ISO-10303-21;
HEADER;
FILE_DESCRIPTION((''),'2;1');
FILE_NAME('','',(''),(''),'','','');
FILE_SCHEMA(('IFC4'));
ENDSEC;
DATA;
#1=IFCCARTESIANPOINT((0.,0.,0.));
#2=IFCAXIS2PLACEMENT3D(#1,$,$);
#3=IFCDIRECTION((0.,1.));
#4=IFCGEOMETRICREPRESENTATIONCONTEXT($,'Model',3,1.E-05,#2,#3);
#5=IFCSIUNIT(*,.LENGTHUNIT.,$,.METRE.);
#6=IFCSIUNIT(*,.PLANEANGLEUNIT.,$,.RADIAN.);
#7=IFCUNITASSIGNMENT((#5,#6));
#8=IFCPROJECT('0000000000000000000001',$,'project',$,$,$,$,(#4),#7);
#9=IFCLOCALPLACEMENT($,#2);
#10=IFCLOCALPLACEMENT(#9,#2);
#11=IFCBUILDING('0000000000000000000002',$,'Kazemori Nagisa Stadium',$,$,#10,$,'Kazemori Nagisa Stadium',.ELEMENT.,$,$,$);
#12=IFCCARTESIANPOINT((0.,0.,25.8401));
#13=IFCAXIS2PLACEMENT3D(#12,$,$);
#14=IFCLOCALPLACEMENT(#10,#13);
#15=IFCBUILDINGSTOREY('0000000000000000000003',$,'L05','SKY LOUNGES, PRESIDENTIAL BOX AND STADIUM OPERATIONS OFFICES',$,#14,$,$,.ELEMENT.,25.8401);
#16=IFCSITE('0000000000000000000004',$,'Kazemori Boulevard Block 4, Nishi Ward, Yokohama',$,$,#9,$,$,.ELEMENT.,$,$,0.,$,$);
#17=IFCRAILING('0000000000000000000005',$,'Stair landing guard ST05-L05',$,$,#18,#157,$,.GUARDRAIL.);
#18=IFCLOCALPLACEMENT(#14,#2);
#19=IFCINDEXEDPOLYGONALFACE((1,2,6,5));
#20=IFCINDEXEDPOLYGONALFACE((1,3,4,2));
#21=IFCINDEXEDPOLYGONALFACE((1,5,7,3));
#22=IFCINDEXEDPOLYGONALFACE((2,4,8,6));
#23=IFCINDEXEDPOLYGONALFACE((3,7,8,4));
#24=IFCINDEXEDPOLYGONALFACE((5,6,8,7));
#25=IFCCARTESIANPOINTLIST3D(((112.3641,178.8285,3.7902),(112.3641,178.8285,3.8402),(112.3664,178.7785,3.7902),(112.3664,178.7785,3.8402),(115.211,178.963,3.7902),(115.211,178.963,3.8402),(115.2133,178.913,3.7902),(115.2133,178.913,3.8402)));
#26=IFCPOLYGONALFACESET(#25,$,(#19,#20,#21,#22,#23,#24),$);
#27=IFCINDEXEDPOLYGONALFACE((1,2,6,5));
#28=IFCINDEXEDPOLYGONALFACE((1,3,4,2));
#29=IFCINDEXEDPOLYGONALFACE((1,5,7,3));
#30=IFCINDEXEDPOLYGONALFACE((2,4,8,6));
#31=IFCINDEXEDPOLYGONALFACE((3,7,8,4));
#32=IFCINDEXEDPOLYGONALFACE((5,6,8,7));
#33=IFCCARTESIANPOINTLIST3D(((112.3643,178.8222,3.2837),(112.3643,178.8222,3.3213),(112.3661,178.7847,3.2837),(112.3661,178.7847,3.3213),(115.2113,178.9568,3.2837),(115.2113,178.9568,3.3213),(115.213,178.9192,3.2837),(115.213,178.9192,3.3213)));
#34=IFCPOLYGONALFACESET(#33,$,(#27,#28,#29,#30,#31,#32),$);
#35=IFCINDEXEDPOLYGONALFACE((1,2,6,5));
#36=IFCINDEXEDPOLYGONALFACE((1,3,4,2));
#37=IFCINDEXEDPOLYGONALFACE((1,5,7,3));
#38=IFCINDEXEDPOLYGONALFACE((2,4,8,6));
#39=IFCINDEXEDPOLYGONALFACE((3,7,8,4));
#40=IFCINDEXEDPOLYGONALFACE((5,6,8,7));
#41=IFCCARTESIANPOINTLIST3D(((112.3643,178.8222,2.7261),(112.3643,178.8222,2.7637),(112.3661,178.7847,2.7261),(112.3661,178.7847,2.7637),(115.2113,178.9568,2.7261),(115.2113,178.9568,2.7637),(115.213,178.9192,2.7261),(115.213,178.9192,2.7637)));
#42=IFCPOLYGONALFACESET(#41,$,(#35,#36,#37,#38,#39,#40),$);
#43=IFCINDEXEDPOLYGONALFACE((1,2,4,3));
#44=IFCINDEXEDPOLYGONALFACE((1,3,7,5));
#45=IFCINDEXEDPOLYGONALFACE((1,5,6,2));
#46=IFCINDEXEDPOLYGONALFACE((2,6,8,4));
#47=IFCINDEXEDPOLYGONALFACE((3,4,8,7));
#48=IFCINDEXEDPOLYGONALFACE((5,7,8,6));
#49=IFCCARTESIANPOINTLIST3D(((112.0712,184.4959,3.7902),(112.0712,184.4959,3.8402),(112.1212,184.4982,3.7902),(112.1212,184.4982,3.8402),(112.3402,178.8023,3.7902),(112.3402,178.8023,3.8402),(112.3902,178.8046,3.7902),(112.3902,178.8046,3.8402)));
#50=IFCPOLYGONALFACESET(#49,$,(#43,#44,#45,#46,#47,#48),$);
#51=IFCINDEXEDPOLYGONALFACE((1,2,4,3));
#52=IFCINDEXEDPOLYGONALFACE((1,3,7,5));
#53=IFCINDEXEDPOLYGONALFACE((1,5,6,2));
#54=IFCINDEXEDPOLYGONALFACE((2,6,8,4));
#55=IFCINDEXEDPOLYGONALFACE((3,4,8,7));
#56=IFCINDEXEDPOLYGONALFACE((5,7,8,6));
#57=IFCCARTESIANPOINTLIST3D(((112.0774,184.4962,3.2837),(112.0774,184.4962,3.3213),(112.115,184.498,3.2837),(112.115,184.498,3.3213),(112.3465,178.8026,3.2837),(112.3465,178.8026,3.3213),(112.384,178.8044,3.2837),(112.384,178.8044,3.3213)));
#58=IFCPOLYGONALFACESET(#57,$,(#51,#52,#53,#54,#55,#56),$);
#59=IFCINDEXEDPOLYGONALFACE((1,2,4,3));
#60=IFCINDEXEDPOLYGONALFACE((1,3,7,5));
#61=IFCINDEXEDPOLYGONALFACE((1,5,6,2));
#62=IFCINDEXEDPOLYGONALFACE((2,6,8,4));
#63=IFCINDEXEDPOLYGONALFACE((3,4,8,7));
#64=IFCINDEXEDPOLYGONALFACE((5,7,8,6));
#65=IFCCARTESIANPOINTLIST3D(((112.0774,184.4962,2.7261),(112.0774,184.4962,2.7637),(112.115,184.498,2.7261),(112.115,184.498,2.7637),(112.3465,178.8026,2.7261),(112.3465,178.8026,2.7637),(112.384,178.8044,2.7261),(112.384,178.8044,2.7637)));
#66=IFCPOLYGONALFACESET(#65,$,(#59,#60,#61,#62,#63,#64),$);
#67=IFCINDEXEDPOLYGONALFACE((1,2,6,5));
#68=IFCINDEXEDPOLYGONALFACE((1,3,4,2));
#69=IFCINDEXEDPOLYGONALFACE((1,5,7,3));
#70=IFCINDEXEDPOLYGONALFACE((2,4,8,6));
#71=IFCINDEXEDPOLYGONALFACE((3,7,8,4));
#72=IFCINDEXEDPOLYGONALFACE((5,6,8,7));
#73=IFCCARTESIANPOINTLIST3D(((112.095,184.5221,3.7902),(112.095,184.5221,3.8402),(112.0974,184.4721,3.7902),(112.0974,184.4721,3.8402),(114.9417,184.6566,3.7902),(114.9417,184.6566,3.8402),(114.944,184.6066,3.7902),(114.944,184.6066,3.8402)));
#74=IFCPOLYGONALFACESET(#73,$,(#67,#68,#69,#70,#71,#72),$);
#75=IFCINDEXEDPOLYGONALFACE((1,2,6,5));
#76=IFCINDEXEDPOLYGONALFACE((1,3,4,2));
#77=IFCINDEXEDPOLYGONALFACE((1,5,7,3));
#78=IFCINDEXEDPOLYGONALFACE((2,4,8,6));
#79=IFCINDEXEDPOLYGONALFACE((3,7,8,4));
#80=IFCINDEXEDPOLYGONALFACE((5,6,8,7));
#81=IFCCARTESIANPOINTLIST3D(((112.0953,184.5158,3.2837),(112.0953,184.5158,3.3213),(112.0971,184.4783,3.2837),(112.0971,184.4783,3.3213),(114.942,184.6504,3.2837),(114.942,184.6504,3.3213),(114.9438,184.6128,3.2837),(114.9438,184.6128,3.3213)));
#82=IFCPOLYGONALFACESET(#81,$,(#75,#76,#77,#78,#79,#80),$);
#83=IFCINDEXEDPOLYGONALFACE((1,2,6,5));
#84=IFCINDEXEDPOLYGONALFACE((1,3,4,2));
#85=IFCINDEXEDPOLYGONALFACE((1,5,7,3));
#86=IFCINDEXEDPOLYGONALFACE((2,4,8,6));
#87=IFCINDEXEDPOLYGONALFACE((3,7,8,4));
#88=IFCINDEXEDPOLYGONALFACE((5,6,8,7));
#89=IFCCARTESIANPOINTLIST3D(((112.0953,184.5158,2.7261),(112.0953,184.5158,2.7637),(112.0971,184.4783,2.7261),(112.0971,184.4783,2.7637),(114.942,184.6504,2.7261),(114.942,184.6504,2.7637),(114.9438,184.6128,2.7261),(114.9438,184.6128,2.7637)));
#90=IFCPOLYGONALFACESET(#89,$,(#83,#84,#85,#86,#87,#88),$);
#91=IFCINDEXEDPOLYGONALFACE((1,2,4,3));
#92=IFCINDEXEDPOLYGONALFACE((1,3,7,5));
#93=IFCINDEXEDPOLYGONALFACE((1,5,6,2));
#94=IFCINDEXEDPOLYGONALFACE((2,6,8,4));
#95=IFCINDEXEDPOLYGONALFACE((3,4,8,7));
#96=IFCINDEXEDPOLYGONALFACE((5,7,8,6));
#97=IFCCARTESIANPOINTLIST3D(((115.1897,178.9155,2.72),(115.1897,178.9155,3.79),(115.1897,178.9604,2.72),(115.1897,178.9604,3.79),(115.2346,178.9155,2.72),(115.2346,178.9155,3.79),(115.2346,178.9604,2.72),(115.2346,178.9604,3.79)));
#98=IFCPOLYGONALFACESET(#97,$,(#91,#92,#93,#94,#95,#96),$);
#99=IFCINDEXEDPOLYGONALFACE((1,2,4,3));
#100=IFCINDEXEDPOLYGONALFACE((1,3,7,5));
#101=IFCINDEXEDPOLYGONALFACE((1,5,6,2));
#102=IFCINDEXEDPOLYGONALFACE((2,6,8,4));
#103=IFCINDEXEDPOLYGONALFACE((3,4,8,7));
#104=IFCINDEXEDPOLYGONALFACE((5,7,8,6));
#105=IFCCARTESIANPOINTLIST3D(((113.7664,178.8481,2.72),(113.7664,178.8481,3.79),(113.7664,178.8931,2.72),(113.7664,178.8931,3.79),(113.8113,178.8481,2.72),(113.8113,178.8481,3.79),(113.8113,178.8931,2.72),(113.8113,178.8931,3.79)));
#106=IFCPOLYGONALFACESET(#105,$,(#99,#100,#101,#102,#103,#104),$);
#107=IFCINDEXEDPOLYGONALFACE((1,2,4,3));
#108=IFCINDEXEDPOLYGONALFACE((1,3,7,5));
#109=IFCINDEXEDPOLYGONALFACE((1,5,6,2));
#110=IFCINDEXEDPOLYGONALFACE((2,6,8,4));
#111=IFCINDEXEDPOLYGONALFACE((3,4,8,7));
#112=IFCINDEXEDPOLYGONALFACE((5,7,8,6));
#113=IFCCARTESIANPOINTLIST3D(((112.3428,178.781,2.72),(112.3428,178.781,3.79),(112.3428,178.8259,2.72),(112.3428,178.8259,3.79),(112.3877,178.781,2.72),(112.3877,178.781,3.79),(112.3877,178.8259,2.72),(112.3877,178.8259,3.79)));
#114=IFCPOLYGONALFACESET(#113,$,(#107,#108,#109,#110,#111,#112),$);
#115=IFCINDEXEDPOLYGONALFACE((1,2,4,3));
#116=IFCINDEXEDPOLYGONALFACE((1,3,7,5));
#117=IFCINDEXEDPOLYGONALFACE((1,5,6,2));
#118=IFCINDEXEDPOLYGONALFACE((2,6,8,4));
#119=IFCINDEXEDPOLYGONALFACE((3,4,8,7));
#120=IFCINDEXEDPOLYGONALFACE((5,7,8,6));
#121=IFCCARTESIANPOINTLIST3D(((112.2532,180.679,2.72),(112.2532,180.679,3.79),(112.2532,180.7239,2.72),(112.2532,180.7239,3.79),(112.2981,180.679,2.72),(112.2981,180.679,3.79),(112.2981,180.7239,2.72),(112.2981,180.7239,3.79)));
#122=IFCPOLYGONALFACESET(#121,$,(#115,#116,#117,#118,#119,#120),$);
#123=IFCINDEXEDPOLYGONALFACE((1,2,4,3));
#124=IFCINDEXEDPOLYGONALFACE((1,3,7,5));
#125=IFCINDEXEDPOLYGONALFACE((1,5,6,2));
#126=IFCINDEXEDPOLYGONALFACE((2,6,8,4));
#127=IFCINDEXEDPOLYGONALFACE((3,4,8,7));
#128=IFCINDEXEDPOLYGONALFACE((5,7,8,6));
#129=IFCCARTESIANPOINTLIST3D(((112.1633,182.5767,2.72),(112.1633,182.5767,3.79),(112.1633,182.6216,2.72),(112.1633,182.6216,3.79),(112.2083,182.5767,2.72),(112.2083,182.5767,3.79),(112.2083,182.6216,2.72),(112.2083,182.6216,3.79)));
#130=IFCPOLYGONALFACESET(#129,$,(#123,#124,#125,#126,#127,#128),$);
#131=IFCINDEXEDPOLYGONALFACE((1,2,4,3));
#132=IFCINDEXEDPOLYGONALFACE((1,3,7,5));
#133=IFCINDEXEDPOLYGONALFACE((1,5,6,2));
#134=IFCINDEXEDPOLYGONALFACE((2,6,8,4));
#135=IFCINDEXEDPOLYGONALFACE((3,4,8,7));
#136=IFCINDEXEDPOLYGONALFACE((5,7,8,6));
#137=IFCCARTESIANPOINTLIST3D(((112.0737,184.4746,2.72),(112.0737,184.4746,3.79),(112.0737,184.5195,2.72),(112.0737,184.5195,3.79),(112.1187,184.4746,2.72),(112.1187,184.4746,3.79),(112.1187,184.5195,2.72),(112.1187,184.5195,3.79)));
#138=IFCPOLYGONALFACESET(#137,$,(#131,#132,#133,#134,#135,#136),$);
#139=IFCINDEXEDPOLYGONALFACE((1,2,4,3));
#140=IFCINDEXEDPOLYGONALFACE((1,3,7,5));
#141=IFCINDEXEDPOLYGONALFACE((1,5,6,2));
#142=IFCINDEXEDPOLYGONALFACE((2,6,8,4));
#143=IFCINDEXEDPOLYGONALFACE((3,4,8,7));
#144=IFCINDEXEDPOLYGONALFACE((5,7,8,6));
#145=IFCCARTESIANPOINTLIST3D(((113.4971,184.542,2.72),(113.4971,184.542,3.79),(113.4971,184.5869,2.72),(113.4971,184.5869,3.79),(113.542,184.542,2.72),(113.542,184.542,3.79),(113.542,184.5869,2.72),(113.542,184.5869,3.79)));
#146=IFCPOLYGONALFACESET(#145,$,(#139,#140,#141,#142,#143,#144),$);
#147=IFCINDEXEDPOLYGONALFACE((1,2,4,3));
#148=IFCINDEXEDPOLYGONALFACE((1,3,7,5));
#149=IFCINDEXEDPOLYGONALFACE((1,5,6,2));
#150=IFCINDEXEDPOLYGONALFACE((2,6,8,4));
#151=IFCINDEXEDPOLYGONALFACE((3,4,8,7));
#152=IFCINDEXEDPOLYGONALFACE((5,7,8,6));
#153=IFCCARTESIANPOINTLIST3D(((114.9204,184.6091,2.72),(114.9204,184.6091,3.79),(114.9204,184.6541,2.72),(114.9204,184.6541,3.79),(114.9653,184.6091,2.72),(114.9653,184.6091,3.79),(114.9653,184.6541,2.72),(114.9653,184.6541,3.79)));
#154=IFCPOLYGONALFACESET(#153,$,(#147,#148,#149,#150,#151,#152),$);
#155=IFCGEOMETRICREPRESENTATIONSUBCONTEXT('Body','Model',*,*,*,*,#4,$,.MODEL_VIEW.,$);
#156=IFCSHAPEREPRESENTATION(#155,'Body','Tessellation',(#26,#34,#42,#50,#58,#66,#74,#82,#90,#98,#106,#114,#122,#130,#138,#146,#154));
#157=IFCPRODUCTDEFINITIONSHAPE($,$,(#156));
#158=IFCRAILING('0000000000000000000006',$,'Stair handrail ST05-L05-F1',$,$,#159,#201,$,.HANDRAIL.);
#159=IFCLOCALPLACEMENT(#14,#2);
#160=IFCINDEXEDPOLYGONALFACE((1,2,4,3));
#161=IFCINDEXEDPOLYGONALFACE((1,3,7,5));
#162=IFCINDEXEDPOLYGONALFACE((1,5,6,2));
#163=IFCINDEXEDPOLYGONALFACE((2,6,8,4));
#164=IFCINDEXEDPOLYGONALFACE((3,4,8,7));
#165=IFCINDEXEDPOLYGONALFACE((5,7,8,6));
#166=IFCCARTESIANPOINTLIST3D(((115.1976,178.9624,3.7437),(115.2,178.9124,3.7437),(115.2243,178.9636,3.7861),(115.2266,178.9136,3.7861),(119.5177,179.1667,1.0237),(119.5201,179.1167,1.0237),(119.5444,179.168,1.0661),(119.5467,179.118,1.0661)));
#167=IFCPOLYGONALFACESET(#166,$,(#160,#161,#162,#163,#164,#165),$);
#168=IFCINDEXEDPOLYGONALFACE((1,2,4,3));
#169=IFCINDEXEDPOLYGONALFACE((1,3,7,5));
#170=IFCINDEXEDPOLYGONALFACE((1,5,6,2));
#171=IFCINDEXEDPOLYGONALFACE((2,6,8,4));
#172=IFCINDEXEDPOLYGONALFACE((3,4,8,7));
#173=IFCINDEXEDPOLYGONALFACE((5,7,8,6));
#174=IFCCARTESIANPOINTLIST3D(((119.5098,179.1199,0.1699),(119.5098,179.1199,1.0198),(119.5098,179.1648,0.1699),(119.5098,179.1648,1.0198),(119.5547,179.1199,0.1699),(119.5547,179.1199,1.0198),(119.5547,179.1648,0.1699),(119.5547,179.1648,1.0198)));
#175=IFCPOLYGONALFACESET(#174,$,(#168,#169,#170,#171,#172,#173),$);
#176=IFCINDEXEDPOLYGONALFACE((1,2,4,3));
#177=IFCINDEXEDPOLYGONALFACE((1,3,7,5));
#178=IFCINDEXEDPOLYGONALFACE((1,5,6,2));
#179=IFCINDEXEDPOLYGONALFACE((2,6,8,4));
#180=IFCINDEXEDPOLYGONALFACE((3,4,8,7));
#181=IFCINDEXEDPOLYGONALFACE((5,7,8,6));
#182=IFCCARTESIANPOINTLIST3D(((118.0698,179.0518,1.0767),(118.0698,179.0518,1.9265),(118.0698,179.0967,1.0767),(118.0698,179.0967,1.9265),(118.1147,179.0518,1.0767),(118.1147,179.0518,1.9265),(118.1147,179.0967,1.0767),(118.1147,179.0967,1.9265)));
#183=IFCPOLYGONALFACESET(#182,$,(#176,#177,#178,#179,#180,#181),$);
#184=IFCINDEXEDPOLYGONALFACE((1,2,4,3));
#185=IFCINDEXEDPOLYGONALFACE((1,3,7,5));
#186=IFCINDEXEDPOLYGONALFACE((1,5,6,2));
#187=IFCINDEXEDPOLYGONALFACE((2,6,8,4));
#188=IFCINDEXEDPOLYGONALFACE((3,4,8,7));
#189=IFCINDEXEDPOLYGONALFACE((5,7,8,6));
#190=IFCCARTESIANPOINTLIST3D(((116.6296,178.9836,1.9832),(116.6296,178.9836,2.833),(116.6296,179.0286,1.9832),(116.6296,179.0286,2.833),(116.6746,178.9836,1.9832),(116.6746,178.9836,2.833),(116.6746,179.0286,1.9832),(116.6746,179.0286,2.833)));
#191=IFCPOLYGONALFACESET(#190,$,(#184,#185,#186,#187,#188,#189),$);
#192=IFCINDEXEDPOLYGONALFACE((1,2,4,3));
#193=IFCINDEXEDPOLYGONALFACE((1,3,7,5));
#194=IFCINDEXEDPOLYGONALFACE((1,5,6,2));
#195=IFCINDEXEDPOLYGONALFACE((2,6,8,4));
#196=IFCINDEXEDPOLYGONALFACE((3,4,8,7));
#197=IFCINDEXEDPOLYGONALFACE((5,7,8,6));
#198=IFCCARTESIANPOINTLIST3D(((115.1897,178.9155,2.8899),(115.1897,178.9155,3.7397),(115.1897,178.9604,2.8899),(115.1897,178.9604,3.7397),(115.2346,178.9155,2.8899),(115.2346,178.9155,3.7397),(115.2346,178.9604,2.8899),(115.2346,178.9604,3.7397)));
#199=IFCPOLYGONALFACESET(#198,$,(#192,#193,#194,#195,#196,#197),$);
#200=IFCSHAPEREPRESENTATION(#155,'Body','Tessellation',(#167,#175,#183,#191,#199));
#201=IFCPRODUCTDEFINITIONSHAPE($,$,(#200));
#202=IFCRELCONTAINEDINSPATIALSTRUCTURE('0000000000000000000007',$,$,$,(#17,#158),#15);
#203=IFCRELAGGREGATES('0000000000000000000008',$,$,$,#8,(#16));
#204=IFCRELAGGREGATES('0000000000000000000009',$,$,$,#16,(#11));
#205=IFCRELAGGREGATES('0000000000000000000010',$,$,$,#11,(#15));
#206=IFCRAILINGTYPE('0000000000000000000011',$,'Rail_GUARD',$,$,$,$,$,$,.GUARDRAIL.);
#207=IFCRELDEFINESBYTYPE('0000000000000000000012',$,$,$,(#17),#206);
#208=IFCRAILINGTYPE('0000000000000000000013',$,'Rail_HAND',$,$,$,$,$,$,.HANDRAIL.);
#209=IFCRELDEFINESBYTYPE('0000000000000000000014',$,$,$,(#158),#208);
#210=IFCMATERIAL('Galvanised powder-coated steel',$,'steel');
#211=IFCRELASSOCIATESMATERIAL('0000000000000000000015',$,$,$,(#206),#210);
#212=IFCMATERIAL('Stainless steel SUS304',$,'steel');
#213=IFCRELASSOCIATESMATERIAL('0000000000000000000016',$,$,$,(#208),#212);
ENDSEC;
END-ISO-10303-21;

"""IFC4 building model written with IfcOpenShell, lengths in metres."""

from ifc_helpers import new_model, si_unit, direction, frame, origin, origin_2d, place, context, subcontext, project, spatial, rectangle, extrude, material, type_object, element, save


model = new_model("IFC4")

# Units and contexts
model_context = context("Model", 3, precision=1e-05, world=origin(), true_north=direction((0.0, 1.0)))
body_context = subcontext(model_context, "Body", "Model", "MODEL_VIEW")
ifc_project = project(units=[si_unit("LENGTHUNIT", "METRE"), si_unit("PLANEANGLEUNIT", "RADIAN")], contexts=[model_context])

# Site, building, storey
site_placement = place(None, origin())
site = spatial("IfcSite", under=ifc_project, at=site_placement, Name="Kazemori Boulevard Block 4, Nishi Ward, Yokohama", CompositionType="ELEMENT", RefElevation=0.0)
building_placement = place(site_placement, origin())
building = spatial("IfcBuilding", under=site, at=building_placement, Name="Kazemori Nagisa Stadium", LongName="Kazemori Nagisa Stadium", CompositionType="ELEMENT")
storey_placement = place(building_placement, frame((0.0, 0.0, 25.8401)))
storey = spatial("IfcBuildingStorey", under=building, at=storey_placement, Name="L05", Description="SKY LOUNGES, PRESIDENTIAL BOX AND STADIUM OPERATIONS OFFICES", CompositionType="ELEMENT", Elevation=25.8401)

# Railings
ifc_material_1 = material(Name="Galvanised powder-coated steel", Category="steel")
railing_type_1 = type_object("IfcRailingType", Name="Rail_GUARD", PredefinedType="GUARDRAIL", material=ifc_material_1)
railing_1_placement = place(storey_placement, frame((115.2122, 178.938, 2.72)))
element("IfcRailing", 1, at=railing_1_placement, inside=storey, type_object=railing_type_1, Name="Stair landing guard ST05-L05", PredefinedType="GUARDRAIL", context=body_context, shape_type="SweptSolid", body=[
    extrude(rectangle(XDim=0.05, YDim=0.05, at=origin_2d()), frame((0.0, 0.0, 1.0952), z_axis=(-0.998886, -0.047199, 0.0), x_axis=(0.047199, -0.998886, 0.0)), (0.0, 0.0, 1.0), 2.8501),
    extrude(rectangle(XDim=0.0376, YDim=0.0376, at=origin_2d()), frame((0.0, 0.0, 0.5825), z_axis=(-0.998886, -0.047199, 0.0), x_axis=(0.047199, -0.998886, 0.0)), (0.0, 0.0, 1.0), 2.8501),
    extrude(rectangle(XDim=0.0376, YDim=0.0376, at=origin_2d()), frame((0.0, 0.0, 0.0249), z_axis=(-0.998886, -0.047199, 0.0), x_axis=(0.047199, -0.998886, 0.0)), (0.0, 0.0, 1.0), 2.8501),
    extrude(rectangle(XDim=0.05, YDim=0.05, at=origin_2d()), frame((-2.8469, -0.1345, 1.0952), z_axis=(-0.047201, 0.998885, 0.0), x_axis=(-0.998885, -0.047201, 0.0)), (0.0, 0.0, 1.0), 5.7),
    extrude(rectangle(XDim=0.0376, YDim=0.0376, at=origin_2d()), frame((-2.8469, -0.1345, 0.5825), z_axis=(-0.047201, 0.998885, 0.0), x_axis=(-0.998885, -0.047201, 0.0)), (0.0, 0.0, 1.0), 5.7),
    extrude(rectangle(XDim=0.0376, YDim=0.0376, at=origin_2d()), frame((-2.8469, -0.1345, 0.0249), z_axis=(-0.047201, 0.998885, 0.0), x_axis=(-0.998885, -0.047201, 0.0)), (0.0, 0.0, 1.0), 5.7),
    extrude(rectangle(XDim=0.05, YDim=0.05, at=origin_2d()), frame((-3.116, 5.5591, 1.0952), z_axis=(0.998885, 0.047203, 0.0), x_axis=(-0.047203, 0.998885, 0.0)), (0.0, 0.0, 1.0), 2.8499),
    extrude(rectangle(XDim=0.0376, YDim=0.0376, at=origin_2d()), frame((-3.116, 5.5591, 0.5825), z_axis=(0.998885, 0.047203, 0.0), x_axis=(-0.047203, 0.998885, 0.0)), (0.0, 0.0, 1.0), 2.8499),
    extrude(rectangle(XDim=0.0376, YDim=0.0376, at=origin_2d()), frame((-3.116, 5.5591, 0.0249), z_axis=(0.998885, 0.047203, 0.0), x_axis=(-0.047203, 0.998885, 0.0)), (0.0, 0.0, 1.0), 2.8499),
    extrude(rectangle(XDim=0.0449, YDim=0.0449, at=origin_2d()), origin(), (0.0, 0.0, 1.0), 1.0701),
    extrude(rectangle(XDim=0.0449, YDim=0.0449, at=origin_2d()), frame((-1.4233, -0.0674, 0.0)), (0.0, 0.0, 1.0), 1.0701),
    extrude(rectangle(XDim=0.0449, YDim=0.0449, at=origin_2d()), frame((-2.8469, -0.1345, 0.0)), (0.0, 0.0, 1.0), 1.0701),
    extrude(rectangle(XDim=0.0449, YDim=0.0449, at=origin_2d()), frame((-2.9365, 1.7634, 0.0)), (0.0, 0.0, 1.0), 1.0701),
    extrude(rectangle(XDim=0.0449, YDim=0.0449, at=origin_2d()), frame((-3.0264, 3.6611, 0.0)), (0.0, 0.0, 1.0), 1.0701),
    extrude(rectangle(XDim=0.0449, YDim=0.0449, at=origin_2d()), frame((-3.116, 5.5591, 0.0)), (0.0, 0.0, 1.0), 1.0701),
    extrude(rectangle(XDim=0.0449, YDim=0.0449, at=origin_2d()), frame((-1.6926, 5.6265, 0.0)), (0.0, 0.0, 1.0), 1.0701),
    extrude(rectangle(XDim=0.0449, YDim=0.0449, at=origin_2d()), frame((-0.2693, 5.6936, 0.0)), (0.0, 0.0, 1.0), 1.0701),
])
ifc_material_2 = material(Name="Stainless steel SUS304", Category="steel")
railing_type_2 = type_object("IfcRailingType", Name="Rail_HAND", PredefinedType="HANDRAIL", material=ifc_material_2)
railing_2_placement = place(storey_placement, frame((119.5322, 179.1423, 0.1699)))
element("IfcRailing", 2, at=railing_2_placement, inside=storey, type_object=railing_type_2, Name="Stair handrail ST05-L05-F1", PredefinedType="HANDRAIL", context=body_context, shape_type="SweptSolid", body=[
    extrude(rectangle(XDim=0.05, YDim=0.05, at=origin_2d()), frame((0.0, 0.0, 0.875), z_axis=(-0.845562, -0.039996, 0.532377), x_axis=(0.047249, -0.998883, 0.0)), (0.0, 0.0, 1.0), 5.1091),
    extrude(rectangle(XDim=0.0449, YDim=0.0449, at=origin_2d()), origin(), (0.0, 0.0, 1.0), 0.8499),
    extrude(rectangle(XDim=0.0449, YDim=0.0449, at=origin_2d()), frame((-1.4399, -0.0681, 0.9067)), (0.0, 0.0, 1.0), 0.8499),
    extrude(rectangle(XDim=0.0449, YDim=0.0449, at=origin_2d()), frame((-2.8801, -0.1362, 1.8132)), (0.0, 0.0, 1.0), 0.8499),
    extrude(rectangle(XDim=0.0449, YDim=0.0449, at=origin_2d()), frame((-4.3201, -0.2043, 2.72)), (0.0, 0.0, 1.0), 0.8499),
])

save(model, "model.ifc")
